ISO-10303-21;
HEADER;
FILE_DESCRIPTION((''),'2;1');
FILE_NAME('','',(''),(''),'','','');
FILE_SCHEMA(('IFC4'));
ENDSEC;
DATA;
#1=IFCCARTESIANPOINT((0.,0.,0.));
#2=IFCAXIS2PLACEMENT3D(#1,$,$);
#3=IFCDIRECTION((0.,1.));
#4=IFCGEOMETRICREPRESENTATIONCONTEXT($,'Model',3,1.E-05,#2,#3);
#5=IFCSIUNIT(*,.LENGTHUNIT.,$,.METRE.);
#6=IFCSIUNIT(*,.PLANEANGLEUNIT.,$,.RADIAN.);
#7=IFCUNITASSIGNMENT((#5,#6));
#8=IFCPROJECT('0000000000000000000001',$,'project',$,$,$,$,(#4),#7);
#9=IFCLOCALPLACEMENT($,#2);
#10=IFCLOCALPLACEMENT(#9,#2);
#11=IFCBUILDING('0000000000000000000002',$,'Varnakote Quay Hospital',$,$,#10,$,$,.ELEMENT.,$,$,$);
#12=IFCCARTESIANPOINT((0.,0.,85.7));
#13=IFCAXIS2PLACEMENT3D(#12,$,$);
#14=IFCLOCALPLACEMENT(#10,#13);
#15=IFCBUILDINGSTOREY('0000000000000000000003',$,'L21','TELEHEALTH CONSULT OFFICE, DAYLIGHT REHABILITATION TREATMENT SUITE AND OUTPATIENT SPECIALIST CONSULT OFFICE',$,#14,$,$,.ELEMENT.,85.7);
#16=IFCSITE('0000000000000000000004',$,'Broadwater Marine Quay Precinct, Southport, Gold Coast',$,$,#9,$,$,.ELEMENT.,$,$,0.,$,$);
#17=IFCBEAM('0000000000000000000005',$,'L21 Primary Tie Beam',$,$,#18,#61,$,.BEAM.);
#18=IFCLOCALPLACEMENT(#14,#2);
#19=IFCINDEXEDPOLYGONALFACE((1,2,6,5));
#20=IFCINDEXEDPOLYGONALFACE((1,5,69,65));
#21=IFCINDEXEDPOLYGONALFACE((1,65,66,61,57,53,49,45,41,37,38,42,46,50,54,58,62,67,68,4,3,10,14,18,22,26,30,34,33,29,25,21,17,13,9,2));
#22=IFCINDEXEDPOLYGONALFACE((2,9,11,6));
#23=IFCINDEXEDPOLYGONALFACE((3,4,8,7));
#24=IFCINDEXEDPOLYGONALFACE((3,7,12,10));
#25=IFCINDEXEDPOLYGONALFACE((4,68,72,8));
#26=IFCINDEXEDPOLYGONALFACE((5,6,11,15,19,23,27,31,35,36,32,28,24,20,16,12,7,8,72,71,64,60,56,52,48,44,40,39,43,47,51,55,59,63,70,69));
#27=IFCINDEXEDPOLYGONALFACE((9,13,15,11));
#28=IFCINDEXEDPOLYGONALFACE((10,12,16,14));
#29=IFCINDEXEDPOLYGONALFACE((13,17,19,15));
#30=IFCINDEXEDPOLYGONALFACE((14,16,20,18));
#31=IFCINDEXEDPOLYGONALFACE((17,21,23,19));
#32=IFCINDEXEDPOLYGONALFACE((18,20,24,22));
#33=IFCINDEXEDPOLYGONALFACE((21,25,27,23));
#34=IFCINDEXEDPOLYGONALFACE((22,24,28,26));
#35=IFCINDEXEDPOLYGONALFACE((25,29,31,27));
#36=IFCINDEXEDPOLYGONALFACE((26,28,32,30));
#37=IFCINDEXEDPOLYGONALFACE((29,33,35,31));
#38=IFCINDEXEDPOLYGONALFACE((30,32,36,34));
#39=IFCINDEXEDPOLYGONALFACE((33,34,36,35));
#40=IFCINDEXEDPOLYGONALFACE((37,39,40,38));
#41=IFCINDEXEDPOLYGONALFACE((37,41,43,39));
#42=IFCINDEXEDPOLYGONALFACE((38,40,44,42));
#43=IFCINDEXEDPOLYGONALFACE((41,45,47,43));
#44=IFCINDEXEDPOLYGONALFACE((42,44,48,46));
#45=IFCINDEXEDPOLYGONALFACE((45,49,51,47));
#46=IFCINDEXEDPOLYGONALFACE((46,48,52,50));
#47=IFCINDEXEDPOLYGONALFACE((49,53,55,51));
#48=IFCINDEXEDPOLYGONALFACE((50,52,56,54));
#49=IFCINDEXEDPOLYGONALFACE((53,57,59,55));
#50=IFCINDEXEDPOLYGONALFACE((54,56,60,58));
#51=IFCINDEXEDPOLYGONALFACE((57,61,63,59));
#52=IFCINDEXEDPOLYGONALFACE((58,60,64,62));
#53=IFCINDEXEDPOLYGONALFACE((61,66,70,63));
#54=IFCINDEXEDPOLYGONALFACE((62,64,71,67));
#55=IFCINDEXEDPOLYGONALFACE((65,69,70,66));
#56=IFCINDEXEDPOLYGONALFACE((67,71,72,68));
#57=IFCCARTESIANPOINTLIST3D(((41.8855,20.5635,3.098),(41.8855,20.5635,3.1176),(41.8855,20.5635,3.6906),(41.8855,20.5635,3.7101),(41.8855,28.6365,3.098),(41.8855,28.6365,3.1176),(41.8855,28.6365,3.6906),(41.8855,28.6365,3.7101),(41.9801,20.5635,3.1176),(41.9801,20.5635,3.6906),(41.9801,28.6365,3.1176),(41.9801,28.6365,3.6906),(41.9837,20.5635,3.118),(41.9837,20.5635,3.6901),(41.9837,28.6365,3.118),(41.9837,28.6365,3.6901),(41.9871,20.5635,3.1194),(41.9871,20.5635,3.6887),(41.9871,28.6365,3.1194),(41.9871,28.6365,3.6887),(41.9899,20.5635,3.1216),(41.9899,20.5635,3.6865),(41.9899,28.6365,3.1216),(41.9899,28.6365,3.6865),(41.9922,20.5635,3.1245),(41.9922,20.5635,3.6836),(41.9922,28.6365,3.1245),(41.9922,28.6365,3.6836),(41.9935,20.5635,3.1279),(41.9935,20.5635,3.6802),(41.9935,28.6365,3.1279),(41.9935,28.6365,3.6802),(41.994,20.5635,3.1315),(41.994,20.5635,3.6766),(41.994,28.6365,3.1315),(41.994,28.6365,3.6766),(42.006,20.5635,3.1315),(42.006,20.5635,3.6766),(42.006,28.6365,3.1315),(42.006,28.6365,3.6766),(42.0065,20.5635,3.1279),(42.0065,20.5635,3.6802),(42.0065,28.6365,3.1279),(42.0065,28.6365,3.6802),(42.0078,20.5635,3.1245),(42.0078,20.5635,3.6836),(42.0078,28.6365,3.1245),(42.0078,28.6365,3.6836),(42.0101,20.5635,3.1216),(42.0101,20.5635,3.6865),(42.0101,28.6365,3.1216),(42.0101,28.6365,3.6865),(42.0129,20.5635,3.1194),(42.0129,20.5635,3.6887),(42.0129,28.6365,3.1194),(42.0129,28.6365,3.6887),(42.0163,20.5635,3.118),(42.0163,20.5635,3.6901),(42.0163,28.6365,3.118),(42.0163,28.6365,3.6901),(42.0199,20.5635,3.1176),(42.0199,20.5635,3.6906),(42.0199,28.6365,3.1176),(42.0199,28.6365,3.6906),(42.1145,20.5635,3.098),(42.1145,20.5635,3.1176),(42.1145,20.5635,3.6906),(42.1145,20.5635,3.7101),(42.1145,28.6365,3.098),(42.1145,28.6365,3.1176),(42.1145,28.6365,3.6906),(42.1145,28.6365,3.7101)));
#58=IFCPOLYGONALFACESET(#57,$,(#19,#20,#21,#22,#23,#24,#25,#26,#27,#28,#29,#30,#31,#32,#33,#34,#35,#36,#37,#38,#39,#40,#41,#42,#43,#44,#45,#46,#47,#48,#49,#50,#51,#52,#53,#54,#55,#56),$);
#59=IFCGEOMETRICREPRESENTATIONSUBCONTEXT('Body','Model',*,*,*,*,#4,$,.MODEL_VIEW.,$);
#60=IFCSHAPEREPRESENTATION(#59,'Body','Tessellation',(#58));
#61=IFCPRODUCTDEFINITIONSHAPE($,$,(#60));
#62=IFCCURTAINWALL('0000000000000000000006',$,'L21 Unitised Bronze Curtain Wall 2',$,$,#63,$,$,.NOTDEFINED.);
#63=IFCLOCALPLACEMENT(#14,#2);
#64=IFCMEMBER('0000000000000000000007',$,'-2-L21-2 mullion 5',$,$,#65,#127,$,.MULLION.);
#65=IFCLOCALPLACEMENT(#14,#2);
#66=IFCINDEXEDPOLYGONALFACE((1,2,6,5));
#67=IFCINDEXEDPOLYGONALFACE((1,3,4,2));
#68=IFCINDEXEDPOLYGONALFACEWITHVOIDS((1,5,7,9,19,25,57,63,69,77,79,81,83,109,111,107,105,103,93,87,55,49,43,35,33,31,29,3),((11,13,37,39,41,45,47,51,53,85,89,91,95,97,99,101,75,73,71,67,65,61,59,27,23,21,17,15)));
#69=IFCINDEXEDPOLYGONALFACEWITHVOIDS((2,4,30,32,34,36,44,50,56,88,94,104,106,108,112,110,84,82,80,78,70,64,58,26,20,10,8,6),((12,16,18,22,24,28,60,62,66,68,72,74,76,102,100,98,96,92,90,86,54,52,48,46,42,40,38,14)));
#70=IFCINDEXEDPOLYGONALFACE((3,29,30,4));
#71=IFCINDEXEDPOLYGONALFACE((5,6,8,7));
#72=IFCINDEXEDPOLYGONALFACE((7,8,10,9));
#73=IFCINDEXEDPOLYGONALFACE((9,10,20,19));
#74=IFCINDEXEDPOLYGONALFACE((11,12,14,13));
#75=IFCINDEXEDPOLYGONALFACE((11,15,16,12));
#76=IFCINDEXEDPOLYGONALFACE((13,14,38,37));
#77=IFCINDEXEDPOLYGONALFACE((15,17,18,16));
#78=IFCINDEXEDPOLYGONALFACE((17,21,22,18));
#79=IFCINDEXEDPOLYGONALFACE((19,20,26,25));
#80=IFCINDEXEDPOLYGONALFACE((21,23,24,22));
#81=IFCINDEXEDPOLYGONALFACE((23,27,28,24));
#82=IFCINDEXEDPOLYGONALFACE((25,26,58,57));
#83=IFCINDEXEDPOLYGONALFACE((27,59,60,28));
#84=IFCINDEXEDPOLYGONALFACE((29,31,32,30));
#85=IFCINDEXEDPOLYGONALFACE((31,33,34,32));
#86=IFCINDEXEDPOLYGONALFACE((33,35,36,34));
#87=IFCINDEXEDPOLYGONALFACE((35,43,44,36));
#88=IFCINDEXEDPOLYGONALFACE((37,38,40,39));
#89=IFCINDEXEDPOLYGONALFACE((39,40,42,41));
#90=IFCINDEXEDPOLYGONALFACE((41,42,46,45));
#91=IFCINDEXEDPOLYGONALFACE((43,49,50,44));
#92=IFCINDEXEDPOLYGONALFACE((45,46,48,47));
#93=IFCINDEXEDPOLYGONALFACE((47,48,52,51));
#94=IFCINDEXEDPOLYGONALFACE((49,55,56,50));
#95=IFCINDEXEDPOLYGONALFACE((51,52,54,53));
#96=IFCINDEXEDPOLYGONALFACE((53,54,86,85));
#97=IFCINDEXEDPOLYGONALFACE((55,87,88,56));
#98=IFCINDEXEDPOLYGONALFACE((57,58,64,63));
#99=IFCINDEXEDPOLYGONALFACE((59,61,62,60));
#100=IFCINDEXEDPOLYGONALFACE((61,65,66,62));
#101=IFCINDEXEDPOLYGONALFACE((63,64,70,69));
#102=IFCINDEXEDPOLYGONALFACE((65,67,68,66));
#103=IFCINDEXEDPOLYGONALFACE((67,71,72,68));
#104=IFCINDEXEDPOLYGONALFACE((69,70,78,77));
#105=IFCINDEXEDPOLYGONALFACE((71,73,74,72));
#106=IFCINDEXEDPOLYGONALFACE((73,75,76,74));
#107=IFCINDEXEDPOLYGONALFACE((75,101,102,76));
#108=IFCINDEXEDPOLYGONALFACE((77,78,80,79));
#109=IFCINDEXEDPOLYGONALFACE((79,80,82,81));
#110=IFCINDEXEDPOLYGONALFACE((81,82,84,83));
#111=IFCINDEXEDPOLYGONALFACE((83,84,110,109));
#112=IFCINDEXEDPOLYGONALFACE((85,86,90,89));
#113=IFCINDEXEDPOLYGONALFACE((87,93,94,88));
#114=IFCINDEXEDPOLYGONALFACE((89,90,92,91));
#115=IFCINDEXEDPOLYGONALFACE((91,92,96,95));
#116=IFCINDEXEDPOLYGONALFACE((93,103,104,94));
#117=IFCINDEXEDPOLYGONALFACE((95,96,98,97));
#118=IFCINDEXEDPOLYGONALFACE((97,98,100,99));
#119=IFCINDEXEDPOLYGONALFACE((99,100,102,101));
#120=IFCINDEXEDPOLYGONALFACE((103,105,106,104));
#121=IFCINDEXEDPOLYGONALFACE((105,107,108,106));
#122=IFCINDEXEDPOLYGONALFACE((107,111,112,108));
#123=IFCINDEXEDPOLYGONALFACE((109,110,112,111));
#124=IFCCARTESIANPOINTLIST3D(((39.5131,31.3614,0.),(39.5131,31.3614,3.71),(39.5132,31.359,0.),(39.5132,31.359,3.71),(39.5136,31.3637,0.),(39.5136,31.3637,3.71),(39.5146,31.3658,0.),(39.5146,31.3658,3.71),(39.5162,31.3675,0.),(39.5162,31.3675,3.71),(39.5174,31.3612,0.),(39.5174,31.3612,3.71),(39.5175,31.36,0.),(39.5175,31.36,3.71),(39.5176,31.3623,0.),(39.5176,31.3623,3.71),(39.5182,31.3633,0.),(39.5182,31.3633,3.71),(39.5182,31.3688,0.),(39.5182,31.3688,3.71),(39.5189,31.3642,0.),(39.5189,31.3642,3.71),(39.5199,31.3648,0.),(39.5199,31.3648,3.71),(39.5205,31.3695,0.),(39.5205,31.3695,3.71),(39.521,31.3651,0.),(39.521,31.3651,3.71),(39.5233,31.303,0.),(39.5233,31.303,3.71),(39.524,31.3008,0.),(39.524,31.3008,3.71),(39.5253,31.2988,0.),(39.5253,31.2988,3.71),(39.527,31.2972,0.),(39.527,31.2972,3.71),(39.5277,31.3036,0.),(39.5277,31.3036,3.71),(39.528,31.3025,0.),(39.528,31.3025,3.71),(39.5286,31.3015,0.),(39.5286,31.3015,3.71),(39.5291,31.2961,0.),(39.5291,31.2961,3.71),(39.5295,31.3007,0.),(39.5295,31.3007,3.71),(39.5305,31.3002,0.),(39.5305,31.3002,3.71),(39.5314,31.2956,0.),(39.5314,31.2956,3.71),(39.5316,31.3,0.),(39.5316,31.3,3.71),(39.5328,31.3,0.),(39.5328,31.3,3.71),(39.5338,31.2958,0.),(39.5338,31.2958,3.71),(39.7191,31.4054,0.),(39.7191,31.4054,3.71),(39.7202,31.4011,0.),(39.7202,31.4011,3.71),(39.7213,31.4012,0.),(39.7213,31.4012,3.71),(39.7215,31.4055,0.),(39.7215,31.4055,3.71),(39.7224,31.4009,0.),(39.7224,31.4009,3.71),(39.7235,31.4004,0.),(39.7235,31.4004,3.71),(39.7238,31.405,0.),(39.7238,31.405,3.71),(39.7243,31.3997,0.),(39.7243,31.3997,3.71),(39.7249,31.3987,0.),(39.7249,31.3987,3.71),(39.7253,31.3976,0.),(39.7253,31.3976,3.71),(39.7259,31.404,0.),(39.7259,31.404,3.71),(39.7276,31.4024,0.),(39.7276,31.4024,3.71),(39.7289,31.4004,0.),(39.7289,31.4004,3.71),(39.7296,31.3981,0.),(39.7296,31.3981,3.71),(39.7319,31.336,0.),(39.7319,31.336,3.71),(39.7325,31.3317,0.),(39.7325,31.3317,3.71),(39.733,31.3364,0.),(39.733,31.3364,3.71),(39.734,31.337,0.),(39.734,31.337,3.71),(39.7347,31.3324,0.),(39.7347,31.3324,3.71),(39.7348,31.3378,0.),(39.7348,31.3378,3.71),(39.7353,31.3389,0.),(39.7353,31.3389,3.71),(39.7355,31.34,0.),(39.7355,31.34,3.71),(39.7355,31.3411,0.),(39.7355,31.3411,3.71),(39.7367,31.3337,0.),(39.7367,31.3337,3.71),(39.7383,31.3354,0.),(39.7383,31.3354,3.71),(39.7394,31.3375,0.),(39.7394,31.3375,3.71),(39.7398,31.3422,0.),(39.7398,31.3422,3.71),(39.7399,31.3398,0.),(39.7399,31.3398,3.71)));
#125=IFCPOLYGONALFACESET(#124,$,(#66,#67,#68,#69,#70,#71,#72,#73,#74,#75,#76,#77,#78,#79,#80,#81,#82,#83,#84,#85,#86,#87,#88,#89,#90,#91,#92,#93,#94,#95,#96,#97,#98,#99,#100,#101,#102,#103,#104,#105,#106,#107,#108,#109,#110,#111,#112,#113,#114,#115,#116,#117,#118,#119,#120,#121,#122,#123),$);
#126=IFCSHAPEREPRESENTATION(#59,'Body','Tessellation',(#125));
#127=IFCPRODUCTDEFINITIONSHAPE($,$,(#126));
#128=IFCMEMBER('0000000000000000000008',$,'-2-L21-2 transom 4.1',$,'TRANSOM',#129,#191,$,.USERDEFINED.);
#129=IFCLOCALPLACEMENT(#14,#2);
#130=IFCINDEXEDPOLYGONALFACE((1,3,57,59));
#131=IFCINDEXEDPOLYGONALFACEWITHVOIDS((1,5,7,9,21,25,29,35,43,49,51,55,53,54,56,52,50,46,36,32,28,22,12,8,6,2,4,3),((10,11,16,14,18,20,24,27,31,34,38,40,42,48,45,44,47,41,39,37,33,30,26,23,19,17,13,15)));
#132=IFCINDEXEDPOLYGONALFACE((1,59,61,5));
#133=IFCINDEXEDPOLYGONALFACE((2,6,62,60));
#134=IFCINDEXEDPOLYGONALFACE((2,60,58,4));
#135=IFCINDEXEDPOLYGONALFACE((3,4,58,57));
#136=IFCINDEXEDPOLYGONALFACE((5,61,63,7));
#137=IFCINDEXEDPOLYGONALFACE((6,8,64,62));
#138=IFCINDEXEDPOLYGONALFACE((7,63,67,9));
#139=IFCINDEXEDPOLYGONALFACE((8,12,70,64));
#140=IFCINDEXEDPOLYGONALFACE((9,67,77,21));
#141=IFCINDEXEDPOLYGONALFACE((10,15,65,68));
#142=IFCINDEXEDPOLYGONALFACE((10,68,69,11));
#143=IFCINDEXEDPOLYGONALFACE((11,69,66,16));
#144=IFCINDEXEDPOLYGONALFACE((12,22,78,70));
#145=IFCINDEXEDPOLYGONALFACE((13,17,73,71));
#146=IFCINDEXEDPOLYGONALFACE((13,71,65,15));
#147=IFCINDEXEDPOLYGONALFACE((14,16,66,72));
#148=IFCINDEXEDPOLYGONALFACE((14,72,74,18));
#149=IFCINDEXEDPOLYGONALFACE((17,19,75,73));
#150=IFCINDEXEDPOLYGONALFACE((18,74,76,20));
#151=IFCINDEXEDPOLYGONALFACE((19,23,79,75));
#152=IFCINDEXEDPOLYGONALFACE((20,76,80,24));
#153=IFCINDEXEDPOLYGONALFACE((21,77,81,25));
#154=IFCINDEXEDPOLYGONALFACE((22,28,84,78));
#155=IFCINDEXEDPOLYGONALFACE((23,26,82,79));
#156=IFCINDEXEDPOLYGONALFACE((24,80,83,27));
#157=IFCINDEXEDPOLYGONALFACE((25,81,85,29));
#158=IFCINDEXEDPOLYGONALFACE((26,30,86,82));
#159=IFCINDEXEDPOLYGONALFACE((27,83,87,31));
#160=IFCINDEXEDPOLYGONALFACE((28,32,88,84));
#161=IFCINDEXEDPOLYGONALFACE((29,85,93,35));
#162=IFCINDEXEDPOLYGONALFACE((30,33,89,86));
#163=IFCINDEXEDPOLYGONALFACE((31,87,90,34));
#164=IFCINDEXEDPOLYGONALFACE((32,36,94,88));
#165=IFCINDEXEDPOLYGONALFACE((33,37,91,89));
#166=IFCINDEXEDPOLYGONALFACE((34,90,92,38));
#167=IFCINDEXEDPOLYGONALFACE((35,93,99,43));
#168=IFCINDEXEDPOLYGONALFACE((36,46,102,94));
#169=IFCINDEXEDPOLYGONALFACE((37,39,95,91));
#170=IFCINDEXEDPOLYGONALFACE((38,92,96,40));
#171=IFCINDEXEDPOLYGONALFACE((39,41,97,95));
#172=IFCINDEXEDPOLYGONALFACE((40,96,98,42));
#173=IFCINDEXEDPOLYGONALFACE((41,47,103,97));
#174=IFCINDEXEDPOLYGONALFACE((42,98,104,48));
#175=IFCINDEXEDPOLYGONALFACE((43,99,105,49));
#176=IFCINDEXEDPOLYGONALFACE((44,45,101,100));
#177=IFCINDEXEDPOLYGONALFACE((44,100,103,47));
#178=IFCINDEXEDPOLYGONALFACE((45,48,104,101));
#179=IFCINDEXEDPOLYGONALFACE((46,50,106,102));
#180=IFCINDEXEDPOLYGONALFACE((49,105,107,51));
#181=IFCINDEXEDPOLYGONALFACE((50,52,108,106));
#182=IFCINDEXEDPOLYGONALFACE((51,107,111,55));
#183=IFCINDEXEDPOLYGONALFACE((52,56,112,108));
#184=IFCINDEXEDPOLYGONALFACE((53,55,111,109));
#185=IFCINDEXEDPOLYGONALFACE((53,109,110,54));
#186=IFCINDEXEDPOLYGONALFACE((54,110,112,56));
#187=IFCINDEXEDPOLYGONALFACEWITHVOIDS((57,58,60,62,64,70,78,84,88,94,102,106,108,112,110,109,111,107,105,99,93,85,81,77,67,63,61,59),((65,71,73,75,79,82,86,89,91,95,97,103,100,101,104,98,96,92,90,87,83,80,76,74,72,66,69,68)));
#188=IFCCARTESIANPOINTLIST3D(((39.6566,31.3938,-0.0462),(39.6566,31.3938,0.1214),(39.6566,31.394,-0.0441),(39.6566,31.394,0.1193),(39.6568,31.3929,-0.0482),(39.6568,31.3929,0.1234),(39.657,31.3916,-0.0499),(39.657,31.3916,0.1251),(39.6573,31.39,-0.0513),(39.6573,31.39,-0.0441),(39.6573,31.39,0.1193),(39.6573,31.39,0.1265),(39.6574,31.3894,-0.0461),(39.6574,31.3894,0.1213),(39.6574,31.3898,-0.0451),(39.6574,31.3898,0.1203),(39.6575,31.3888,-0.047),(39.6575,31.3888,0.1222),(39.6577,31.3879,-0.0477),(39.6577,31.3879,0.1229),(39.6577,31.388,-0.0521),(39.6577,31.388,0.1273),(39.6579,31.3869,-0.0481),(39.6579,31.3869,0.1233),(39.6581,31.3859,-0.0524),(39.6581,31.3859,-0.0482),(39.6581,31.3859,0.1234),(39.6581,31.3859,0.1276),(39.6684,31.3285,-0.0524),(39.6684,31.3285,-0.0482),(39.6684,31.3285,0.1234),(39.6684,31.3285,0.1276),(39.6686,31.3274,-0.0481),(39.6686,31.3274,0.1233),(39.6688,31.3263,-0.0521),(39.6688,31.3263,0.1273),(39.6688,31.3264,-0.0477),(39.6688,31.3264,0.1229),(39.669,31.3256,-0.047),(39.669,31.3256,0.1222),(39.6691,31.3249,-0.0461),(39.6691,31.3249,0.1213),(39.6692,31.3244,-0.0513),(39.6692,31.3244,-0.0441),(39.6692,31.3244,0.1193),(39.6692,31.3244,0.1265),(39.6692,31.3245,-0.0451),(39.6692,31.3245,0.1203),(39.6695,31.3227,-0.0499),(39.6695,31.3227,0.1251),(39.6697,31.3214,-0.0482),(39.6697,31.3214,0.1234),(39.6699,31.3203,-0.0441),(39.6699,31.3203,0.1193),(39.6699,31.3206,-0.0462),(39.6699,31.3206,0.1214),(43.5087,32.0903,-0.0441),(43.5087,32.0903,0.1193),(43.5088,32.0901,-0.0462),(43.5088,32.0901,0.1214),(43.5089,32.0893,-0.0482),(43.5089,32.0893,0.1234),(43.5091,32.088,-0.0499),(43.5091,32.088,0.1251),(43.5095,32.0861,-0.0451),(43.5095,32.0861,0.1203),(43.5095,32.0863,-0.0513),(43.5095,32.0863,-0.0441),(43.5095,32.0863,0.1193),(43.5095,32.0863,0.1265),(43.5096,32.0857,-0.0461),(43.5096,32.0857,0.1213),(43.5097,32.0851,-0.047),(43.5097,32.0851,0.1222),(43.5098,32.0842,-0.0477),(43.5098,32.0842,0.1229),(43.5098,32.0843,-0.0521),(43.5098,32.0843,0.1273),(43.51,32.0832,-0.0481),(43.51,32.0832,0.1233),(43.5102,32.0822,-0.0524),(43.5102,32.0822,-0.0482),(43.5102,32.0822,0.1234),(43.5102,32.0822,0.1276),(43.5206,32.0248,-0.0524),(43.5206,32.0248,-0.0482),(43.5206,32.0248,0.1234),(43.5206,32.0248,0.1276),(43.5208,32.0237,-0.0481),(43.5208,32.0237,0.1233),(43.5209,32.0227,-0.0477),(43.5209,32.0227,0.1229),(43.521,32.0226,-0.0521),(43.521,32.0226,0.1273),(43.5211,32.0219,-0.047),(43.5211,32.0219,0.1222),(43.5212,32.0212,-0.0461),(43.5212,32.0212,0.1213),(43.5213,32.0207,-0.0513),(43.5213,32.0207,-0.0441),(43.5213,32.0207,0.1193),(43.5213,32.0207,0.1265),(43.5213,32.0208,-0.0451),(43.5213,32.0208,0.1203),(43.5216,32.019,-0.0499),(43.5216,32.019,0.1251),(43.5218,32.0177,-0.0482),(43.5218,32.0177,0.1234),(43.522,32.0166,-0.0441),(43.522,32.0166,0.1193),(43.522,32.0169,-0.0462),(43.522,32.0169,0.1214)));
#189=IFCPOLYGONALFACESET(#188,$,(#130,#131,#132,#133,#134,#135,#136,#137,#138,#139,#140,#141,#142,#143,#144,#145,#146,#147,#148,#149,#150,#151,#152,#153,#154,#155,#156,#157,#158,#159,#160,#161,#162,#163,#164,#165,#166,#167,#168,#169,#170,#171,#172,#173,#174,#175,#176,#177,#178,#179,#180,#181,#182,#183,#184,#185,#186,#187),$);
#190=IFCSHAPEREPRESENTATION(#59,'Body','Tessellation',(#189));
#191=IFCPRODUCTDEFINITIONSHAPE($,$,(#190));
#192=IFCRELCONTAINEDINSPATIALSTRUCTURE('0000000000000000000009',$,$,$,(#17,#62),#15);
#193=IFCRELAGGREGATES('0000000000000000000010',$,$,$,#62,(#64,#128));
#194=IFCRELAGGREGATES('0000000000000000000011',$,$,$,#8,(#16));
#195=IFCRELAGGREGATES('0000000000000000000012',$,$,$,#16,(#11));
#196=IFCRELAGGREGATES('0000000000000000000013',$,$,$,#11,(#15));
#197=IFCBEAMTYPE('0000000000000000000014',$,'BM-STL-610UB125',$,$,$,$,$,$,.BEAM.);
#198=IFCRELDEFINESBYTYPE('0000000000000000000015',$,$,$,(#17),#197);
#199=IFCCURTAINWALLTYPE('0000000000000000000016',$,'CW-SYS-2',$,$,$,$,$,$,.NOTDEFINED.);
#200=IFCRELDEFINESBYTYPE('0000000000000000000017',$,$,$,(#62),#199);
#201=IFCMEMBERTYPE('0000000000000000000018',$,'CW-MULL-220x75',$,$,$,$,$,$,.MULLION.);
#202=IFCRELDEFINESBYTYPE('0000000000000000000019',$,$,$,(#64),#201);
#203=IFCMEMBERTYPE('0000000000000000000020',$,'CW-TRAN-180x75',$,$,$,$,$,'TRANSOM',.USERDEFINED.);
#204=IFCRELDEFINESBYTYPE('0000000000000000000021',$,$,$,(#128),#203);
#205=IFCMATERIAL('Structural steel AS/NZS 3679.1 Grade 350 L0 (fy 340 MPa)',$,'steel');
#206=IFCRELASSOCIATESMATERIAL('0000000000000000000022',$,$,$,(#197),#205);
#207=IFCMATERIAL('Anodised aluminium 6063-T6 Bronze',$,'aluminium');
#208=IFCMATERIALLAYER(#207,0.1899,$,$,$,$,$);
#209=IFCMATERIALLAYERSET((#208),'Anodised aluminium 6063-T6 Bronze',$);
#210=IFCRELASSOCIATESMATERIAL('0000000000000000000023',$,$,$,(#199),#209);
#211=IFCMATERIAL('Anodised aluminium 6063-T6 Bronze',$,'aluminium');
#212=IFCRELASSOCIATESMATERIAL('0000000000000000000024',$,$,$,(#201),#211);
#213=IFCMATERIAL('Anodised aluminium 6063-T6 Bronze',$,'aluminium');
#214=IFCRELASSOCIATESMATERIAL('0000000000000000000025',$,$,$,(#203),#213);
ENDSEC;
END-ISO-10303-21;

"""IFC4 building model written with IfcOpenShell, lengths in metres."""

from ifc_helpers import new_model, si_unit, direction, frame, origin, origin_2d, place, context, subcontext, project, spatial, hollow_rectangle, i_section, extrude, material, layer, layer_set, material_profile, profile_set, type_object, element, aggregate, save


model = new_model("IFC4")

# Units and contexts
model_context = context("Model", 3, precision=1e-05, world=origin(), true_north=direction((0.0, 1.0)))
body_context = subcontext(model_context, "Body", "Model", "MODEL_VIEW")
ifc_project = project(units=[si_unit("LENGTHUNIT", "METRE"), si_unit("PLANEANGLEUNIT", "RADIAN")], contexts=[model_context])

# Site, building, storey
site_placement = place(None, origin())
site = spatial("IfcSite", under=ifc_project, at=site_placement, Name="Broadwater Marine Quay Precinct, Southport, Gold Coast", CompositionType="ELEMENT", RefElevation=0.0)
building_placement = place(site_placement, origin())
building = spatial("IfcBuilding", under=site, at=building_placement, Name="Varnakote Quay Hospital", CompositionType="ELEMENT")
storey_placement = place(building_placement, frame((0.0, 0.0, 85.7)))
storey = spatial("IfcBuildingStorey", under=building, at=storey_placement, Name="L21", Description="TELEHEALTH CONSULT OFFICE, DAYLIGHT REHABILITATION TREATMENT SUITE AND OUTPATIENT SPECIALIST CONSULT OFFICE", CompositionType="ELEMENT", Elevation=85.7)

# Beam
ifc_material_1 = material(Name="Structural steel AS/NZS 3679.1 Grade 350 L0 (fy 340 MPa)", Category="steel")
ifc_material_profile_1 = material_profile(ifc_material_1, i_section(OverallWidth=0.229, OverallDepth=0.6121, WebThickness=0.012, FlangeThickness=0.0195, FilletRadius=0.0139, at=origin_2d()), Name="610UB125")
ifc_profile_set_1 = profile_set([ifc_material_profile_1], Name="Structural steel AS/NZS 3679.1 Grade 350 L0 (fy 340 MPa)")
beam_type_1 = type_object("IfcBeamType", Name="BM-STL-610UB125", PredefinedType="BEAM", material=ifc_profile_set_1)
beam_1_placement = place(storey_placement, frame((42.0, 20.5635, 3.4041), z_axis=(0.0, 1.0, 0.0), x_axis=(-1.0, 0.0, 0.0)))
element("IfcBeam", 1, at=beam_1_placement, inside=storey, type_object=beam_type_1, Name="L21 Primary Tie Beam", PredefinedType="BEAM", context=body_context, shape_type="SweptSolid", body=[
    extrude(i_section(OverallWidth=0.229, OverallDepth=0.6121, WebThickness=0.012, FlangeThickness=0.0195, FilletRadius=0.0139, at=origin_2d()), origin(), (0.0, 0.0, 1.0), 8.073),
])

# Curtain wall, members
ifc_material_2 = material(Name="Anodised aluminium 6063-T6 Bronze", Category="aluminium")
ifc_layer_1 = layer(ifc_material_2, 0.1899)
ifc_layer_set_1 = layer_set([ifc_layer_1], Name="Anodised aluminium 6063-T6 Bronze")
curtain_wall_type = type_object("IfcCurtainWallType", Name="CW-SYS-2", PredefinedType="NOTDEFINED", material=ifc_layer_set_1)
curtain_wall_placement = place(storey_placement, origin())
curtain_wall = element("IfcCurtainWall", 2, at=curtain_wall_placement, inside=storey, type_object=curtain_wall_type, Name="L21 Unitised Bronze Curtain Wall 2", PredefinedType="NOTDEFINED")
ifc_material_3 = material(Name="Anodised aluminium 6063-T6 Bronze", Category="aluminium")
ifc_material_profile_2 = material_profile(ifc_material_3, hollow_rectangle(XDim=0.075, YDim=0.22, WallThickness=0.0044, InnerFilletRadius=0.0044, OuterFilletRadius=0.009, at=origin_2d()), Name="CW-MULL-220x75")
ifc_profile_set_2 = profile_set([ifc_material_profile_2], Name="Anodised aluminium 6063-T6 Bronze")
member_type_1 = type_object("IfcMemberType", Name="CW-MULL-220x75", PredefinedType="MULLION", material=ifc_profile_set_2)
member_1_placement = place(storey_placement, frame((39.6265, 31.3506, 0.0), z_axis=(0.0, 0.0, 1.0), x_axis=(0.177846, -0.984058, 0.0)))
member_1 = element("IfcMember", 3, at=member_1_placement, type_object=member_type_1, Name="-2-L21-2 mullion 5", PredefinedType="MULLION", context=body_context, shape_type="SweptSolid", body=[
    extrude(hollow_rectangle(XDim=0.075, YDim=0.22, WallThickness=0.0044, InnerFilletRadius=0.0044, OuterFilletRadius=0.009, at=origin_2d()), origin(), (0.0, 0.0, 1.0), 3.71),
])
ifc_material_4 = material(Name="Anodised aluminium 6063-T6 Bronze", Category="aluminium")
ifc_material_profile_3 = material_profile(ifc_material_4, hollow_rectangle(XDim=0.075, YDim=0.1799, WallThickness=0.0042, InnerFilletRadius=0.0042, OuterFilletRadius=0.0083, at=origin_2d()), Name="CW-TRAN-180x75")
ifc_profile_set_3 = profile_set([ifc_material_profile_3], Name="Anodised aluminium 6063-T6 Bronze")
member_type_2 = type_object("IfcMemberType", Name="CW-TRAN-180x75", ElementType="TRANSOM", PredefinedType="USERDEFINED", material=ifc_profile_set_3)
member_2_placement = place(storey_placement, frame((43.5154, 32.0535, 0.0376), z_axis=(-0.984053, -0.177875, 0.0), x_axis=(0.177875, -0.984053, 0.0)))
member_2 = element("IfcMember", 4, at=member_2_placement, type_object=member_type_2, Name="-2-L21-2 transom 4.1", ObjectType="TRANSOM", PredefinedType="USERDEFINED", context=body_context, shape_type="SweptSolid", body=[
    extrude(hollow_rectangle(XDim=0.075, YDim=0.1799, WallThickness=0.0042, InnerFilletRadius=0.0042, OuterFilletRadius=0.0083, at=origin_2d()), origin(), (0.0, 0.0, 1.0), 3.9146),
])

aggregate(curtain_wall, [member_1, member_2])

save(model, "model.ifc")
